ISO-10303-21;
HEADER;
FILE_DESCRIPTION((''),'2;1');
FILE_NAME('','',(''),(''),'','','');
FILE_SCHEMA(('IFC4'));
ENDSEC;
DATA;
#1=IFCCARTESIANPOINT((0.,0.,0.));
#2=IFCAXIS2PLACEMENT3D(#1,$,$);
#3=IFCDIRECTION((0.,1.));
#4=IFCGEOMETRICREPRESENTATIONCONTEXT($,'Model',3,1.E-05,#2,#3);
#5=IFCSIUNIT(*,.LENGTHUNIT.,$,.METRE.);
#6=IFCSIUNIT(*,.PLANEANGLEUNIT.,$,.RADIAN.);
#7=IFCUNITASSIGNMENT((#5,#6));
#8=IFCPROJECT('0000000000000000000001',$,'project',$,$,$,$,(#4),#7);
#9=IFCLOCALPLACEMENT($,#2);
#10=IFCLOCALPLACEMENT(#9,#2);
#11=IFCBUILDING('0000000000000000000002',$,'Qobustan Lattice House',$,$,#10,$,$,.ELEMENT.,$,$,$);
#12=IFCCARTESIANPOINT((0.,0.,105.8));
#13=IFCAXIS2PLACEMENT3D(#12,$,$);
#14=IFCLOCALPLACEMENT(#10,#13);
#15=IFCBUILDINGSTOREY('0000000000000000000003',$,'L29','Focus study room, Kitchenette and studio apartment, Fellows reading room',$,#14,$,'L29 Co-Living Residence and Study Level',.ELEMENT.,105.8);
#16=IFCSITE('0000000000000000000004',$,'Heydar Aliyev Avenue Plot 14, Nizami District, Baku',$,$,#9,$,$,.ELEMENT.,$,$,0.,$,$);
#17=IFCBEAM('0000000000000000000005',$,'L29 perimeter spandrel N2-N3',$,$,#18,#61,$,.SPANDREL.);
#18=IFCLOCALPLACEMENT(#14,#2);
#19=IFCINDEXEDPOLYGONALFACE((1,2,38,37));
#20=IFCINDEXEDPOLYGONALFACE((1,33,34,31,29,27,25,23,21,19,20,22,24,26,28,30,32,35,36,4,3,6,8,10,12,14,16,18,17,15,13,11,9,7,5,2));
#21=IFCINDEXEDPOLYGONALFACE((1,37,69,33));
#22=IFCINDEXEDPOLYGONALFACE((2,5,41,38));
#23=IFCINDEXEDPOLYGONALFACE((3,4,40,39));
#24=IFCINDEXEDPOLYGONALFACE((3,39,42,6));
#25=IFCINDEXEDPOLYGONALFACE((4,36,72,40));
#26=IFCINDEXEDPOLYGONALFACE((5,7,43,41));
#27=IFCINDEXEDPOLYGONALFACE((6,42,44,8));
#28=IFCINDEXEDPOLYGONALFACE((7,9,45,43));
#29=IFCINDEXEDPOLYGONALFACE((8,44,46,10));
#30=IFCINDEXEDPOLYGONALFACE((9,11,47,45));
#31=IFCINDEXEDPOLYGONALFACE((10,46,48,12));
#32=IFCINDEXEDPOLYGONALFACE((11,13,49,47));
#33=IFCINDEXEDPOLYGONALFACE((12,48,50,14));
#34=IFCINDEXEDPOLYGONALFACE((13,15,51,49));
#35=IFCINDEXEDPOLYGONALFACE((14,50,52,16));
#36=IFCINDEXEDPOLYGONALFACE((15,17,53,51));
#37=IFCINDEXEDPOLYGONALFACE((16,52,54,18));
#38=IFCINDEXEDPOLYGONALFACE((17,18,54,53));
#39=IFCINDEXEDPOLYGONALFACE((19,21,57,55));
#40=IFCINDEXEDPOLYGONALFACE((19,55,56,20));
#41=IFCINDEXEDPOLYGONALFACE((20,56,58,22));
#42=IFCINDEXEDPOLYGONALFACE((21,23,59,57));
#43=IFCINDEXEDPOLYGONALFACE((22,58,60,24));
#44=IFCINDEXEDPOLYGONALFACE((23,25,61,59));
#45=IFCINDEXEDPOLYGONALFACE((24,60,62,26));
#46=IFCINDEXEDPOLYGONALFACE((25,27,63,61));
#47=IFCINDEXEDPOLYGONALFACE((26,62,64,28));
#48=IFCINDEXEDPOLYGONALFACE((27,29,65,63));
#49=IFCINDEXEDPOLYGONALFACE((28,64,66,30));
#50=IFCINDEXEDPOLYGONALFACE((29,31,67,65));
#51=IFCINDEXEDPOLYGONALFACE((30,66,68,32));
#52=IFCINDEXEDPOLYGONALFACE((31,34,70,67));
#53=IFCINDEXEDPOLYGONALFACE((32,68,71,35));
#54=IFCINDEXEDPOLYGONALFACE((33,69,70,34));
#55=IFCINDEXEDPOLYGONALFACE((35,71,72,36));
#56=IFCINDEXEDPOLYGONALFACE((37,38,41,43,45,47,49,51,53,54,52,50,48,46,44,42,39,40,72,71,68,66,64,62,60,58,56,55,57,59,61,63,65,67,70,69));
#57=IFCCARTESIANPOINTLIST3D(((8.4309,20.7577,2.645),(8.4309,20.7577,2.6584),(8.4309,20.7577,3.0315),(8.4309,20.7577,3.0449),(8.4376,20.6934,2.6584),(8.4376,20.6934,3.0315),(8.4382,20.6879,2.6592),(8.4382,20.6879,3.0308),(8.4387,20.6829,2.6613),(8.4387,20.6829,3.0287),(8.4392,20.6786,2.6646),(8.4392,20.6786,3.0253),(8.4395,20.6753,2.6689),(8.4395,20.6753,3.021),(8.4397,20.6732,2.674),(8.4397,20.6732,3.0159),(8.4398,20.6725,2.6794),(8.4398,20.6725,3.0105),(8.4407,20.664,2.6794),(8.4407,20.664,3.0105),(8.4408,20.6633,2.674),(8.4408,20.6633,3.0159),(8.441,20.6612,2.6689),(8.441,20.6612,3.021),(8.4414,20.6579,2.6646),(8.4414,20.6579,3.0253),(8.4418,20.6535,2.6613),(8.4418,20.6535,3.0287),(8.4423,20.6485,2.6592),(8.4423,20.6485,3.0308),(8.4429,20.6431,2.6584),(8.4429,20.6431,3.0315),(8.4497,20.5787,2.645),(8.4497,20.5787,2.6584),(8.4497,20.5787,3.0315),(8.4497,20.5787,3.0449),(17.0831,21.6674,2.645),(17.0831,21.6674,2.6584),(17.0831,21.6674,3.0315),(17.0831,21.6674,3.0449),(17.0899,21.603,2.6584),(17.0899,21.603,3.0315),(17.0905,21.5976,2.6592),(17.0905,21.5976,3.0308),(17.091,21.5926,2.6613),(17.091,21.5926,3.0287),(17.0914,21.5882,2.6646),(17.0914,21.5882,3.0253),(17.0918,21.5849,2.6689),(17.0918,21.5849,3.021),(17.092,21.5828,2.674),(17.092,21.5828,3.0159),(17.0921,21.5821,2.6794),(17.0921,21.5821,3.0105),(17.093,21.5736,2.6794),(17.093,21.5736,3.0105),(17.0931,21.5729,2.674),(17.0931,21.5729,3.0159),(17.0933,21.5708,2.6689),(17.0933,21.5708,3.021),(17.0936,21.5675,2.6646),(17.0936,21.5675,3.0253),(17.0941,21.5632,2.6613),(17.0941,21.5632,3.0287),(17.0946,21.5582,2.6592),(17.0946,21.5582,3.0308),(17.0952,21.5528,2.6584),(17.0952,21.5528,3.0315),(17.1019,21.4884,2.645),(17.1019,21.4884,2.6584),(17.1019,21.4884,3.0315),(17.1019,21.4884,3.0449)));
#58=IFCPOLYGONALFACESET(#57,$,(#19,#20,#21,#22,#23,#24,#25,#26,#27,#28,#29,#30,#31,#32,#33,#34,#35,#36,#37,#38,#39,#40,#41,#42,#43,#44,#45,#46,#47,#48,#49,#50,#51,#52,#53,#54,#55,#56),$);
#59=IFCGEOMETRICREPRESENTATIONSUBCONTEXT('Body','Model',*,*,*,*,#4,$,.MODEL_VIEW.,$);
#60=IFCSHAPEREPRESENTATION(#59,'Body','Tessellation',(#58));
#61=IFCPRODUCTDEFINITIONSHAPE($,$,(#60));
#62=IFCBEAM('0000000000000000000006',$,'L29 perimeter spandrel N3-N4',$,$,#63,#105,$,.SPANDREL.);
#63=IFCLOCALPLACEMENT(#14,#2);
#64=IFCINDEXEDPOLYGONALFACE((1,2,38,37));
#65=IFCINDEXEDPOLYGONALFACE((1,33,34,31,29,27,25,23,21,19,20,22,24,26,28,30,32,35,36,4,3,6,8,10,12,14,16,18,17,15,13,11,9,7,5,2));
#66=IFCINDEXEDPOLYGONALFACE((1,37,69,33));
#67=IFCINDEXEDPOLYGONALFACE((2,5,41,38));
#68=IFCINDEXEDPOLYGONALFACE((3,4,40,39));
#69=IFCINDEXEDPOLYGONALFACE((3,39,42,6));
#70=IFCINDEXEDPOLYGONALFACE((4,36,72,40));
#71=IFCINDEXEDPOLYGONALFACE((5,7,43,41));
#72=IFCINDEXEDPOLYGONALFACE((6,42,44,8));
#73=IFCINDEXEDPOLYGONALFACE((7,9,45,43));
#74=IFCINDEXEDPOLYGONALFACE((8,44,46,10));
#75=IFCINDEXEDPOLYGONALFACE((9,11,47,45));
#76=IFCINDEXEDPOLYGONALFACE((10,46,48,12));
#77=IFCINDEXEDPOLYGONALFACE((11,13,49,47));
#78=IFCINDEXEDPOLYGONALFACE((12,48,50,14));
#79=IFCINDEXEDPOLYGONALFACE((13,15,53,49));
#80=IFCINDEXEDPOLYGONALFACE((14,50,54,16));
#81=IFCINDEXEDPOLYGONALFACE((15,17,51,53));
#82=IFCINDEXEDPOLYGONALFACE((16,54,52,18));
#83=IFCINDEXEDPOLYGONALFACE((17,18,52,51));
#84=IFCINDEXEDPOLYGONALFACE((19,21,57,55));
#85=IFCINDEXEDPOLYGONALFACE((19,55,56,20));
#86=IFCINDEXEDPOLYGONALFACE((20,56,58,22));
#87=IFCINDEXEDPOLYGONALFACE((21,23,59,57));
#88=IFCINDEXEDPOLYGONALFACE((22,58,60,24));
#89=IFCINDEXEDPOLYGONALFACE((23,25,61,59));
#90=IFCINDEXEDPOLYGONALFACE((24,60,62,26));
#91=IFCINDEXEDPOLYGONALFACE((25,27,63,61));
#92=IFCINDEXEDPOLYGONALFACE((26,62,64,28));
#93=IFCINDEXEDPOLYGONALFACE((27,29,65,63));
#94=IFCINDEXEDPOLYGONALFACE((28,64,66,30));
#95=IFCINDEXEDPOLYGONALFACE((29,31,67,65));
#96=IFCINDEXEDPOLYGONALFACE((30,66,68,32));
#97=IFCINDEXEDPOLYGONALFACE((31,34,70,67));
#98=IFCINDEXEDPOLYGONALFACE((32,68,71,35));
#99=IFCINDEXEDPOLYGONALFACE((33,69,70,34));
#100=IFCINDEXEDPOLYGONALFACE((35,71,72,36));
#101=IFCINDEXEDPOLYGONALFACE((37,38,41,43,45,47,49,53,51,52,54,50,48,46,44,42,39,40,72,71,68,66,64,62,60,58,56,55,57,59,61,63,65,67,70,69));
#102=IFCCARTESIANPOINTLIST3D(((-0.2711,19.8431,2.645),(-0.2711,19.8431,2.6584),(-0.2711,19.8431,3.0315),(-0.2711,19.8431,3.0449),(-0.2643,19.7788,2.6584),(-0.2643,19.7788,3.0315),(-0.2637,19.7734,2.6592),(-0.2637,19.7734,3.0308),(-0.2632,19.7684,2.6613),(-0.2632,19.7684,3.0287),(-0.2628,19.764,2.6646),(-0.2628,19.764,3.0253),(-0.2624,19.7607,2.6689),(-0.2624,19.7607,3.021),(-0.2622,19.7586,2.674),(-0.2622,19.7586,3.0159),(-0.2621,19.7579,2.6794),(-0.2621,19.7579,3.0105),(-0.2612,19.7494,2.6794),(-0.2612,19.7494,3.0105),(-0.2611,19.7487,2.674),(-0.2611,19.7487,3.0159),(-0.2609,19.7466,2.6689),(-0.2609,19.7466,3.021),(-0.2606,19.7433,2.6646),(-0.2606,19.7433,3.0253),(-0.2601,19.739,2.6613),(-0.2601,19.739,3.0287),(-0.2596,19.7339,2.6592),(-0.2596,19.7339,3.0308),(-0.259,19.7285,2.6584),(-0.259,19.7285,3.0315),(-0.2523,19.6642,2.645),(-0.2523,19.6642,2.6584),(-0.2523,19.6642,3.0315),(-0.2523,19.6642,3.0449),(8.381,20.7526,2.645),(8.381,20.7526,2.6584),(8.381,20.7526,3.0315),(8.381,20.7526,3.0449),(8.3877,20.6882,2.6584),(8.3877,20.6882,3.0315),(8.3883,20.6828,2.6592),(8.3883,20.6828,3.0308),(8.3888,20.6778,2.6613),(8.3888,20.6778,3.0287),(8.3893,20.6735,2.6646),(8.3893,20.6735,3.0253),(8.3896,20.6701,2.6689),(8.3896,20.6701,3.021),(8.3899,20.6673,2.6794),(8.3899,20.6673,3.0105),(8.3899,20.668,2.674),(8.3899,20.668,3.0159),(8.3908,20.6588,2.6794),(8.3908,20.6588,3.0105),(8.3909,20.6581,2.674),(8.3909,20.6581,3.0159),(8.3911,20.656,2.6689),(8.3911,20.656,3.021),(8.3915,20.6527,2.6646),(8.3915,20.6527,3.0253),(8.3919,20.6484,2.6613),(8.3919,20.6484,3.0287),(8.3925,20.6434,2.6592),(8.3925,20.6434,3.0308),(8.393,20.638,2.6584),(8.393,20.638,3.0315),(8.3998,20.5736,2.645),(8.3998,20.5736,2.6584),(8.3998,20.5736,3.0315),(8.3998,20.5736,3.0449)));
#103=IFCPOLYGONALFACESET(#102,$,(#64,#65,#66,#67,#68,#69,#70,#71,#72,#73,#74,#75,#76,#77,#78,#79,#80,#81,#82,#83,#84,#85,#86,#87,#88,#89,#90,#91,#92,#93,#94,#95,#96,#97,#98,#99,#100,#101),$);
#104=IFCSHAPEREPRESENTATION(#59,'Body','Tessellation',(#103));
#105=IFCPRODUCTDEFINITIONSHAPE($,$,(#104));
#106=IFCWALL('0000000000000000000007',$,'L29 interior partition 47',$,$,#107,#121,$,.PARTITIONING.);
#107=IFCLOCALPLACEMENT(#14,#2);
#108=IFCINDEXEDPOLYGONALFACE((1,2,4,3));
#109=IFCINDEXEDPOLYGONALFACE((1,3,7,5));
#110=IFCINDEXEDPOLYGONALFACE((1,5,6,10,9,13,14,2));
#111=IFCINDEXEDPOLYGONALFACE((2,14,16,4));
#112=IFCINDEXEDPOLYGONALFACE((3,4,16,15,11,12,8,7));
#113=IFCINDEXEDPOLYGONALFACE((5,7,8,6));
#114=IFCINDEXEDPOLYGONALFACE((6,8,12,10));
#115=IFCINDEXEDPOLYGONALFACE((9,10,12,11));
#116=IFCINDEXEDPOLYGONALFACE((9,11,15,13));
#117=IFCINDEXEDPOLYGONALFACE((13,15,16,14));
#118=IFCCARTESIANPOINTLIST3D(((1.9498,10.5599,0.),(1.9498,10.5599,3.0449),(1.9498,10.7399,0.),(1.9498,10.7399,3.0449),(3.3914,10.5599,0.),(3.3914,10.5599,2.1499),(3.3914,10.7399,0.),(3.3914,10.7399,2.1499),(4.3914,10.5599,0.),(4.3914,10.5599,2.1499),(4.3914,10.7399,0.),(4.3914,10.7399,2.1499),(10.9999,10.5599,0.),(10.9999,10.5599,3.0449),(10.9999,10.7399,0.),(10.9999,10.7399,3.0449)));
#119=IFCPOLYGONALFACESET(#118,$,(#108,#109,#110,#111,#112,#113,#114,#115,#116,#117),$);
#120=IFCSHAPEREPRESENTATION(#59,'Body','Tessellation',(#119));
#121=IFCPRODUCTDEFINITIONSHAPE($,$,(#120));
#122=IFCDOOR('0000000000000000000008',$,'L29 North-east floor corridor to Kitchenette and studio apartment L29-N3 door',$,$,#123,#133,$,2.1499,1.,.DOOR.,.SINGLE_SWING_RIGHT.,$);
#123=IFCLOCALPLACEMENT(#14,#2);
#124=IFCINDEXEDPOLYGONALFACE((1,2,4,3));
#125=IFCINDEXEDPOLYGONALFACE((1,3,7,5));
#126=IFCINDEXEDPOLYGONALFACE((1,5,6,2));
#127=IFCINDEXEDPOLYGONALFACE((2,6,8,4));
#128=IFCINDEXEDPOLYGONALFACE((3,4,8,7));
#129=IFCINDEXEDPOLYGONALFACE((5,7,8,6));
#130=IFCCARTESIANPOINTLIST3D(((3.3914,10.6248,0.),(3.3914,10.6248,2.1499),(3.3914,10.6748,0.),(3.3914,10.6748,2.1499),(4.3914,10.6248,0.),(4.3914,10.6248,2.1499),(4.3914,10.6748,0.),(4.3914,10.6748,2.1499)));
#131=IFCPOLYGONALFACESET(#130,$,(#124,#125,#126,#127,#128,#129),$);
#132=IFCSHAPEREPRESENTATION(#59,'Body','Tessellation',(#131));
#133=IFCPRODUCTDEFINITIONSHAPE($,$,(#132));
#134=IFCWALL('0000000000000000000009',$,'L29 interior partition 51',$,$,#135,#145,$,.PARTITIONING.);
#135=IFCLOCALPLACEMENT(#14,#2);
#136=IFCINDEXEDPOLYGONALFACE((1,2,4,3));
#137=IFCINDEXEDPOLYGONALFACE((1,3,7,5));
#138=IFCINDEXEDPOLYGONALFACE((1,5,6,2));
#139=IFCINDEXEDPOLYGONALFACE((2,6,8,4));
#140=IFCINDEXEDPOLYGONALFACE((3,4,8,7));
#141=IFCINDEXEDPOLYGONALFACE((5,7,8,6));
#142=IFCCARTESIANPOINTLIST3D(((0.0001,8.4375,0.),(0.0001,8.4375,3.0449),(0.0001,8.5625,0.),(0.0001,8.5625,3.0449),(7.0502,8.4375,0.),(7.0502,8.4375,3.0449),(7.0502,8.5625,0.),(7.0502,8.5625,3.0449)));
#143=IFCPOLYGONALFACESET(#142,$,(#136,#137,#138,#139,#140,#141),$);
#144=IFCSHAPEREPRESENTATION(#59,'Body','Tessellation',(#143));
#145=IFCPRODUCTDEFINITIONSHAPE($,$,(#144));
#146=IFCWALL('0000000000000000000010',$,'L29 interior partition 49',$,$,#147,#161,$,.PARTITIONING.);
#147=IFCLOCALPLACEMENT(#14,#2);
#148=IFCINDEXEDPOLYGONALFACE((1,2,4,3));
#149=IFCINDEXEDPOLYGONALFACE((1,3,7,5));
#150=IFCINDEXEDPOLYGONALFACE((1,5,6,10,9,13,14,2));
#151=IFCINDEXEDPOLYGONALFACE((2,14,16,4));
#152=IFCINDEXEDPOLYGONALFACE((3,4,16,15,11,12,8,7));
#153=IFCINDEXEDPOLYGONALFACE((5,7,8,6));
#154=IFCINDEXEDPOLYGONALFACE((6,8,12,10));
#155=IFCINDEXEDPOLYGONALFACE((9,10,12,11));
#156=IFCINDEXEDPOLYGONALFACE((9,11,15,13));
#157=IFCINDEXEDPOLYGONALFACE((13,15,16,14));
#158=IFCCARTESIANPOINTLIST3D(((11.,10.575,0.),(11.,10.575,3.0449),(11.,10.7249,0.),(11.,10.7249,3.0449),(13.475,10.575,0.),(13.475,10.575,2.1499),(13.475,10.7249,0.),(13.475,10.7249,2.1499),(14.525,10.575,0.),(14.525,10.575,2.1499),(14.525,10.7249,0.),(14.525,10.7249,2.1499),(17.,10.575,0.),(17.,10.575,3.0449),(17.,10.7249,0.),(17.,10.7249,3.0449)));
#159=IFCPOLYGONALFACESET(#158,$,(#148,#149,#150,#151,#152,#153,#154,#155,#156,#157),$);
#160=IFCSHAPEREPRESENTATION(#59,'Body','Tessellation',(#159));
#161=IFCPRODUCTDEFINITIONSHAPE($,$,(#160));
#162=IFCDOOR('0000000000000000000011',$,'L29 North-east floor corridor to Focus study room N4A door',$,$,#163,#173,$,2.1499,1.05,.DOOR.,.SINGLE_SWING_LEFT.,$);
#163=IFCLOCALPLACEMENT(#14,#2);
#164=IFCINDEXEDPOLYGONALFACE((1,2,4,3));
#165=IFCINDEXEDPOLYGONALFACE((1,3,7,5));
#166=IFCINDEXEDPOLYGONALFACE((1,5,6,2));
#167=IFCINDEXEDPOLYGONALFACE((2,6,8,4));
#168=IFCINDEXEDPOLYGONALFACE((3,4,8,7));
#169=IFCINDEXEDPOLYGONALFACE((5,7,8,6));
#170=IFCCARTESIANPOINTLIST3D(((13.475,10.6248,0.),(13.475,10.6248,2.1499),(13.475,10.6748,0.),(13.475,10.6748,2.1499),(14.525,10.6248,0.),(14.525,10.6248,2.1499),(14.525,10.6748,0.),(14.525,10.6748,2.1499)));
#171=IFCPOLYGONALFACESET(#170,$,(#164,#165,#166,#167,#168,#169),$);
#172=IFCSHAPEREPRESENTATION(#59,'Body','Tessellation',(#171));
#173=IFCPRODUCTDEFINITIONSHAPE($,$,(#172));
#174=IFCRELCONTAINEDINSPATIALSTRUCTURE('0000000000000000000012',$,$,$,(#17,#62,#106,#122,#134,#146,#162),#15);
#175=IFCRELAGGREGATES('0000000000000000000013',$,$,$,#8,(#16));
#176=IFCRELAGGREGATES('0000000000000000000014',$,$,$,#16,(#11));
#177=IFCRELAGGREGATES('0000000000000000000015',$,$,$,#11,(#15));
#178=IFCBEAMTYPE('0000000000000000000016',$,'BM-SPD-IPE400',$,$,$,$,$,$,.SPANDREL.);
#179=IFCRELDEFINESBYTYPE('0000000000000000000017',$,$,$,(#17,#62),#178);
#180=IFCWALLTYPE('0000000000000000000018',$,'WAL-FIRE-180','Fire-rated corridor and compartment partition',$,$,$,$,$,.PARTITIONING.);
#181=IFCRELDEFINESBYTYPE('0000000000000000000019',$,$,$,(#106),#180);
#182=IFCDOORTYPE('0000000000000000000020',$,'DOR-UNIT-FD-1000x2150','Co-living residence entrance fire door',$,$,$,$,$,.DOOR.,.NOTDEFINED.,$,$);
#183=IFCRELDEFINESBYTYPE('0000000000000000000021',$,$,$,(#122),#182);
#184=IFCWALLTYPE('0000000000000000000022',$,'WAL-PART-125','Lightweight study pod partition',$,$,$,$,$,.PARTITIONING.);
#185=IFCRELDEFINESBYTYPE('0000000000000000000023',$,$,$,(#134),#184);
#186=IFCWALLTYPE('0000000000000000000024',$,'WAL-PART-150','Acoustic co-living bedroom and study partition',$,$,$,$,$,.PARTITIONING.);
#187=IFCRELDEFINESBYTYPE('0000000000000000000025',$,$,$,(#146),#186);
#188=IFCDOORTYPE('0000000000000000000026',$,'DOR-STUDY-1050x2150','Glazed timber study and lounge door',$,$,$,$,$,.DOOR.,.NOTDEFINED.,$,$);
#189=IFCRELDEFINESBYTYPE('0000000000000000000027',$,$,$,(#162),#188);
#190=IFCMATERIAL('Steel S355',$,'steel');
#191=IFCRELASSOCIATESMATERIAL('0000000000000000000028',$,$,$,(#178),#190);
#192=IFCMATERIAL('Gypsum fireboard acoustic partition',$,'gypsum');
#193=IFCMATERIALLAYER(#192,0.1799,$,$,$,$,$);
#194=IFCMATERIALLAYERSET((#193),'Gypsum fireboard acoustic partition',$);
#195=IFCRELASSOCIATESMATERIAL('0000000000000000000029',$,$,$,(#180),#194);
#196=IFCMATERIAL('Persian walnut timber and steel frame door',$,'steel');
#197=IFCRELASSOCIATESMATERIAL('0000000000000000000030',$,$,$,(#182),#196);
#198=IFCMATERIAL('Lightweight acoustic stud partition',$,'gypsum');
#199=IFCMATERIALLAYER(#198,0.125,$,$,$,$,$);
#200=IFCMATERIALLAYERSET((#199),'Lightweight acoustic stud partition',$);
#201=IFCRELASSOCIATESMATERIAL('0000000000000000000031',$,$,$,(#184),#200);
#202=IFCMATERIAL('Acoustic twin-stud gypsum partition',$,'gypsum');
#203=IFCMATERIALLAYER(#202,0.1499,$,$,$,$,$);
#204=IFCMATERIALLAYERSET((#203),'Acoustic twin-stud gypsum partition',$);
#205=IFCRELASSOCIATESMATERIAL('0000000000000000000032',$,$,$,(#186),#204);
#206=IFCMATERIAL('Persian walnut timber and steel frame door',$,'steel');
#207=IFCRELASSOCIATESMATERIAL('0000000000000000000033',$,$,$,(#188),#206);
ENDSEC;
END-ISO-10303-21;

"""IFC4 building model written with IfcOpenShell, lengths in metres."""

from ifc_helpers import new_model, si_unit, direction, frame, frame_2d, origin, origin_2d, place, context, subcontext, project, spatial, rectangle, i_section, extrude, material, layer, layer_set, material_profile, profile_set, type_object, element, fill, save


model = new_model("IFC4")

# Units and contexts
model_context = context("Model", 3, precision=1e-05, world=origin(), true_north=direction((0.0, 1.0)))
body_context = subcontext(model_context, "Body", "Model", "MODEL_VIEW")
ifc_project = project(units=[si_unit("LENGTHUNIT", "METRE"), si_unit("PLANEANGLEUNIT", "RADIAN")], contexts=[model_context])

# Site, building, storey
site_placement = place(None, origin())
site = spatial("IfcSite", under=ifc_project, at=site_placement, Name="Heydar Aliyev Avenue Plot 14, Nizami District, Baku", CompositionType="ELEMENT", RefElevation=0.0)
building_placement = place(site_placement, origin())
building = spatial("IfcBuilding", under=site, at=building_placement, Name="Qobustan Lattice House", CompositionType="ELEMENT")
storey_placement = place(building_placement, frame((0.0, 0.0, 105.8)))
storey = spatial("IfcBuildingStorey", under=building, at=storey_placement, Name="L29", Description="Focus study room, Kitchenette and studio apartment, Fellows reading room", LongName="L29 Co-Living Residence and Study Level", CompositionType="ELEMENT", Elevation=105.8)

# Beams
ifc_material_1 = material(Name="Steel S355", Category="steel")
ifc_material_profile_1 = material_profile(ifc_material_1, i_section(OverallWidth=0.1799, OverallDepth=0.3999, WebThickness=0.0085, FlangeThickness=0.0134, FilletRadius=0.021, at=origin_2d()), Name="IPE400")
ifc_profile_set_1 = profile_set([ifc_material_profile_1], Name="Steel S355")
beam_type_1 = type_object("IfcBeamType", Name="BM-SPD-IPE400", PredefinedType="SPANDREL", material=ifc_profile_set_1)
beam_1_placement = place(storey_placement, frame((17.0925, 21.5779, 2.845), z_axis=(-0.994519, -0.104559, 0.0), x_axis=(0.104559, -0.994519, 0.0)))
element("IfcBeam", 1, at=beam_1_placement, inside=storey, type_object=beam_type_1, Name="L29 perimeter spandrel N2-N3", PredefinedType="SPANDREL", context=body_context, shape_type="SweptSolid", body=[
    extrude(i_section(OverallWidth=0.1799, OverallDepth=0.3999, WebThickness=0.0085, FlangeThickness=0.0134, FilletRadius=0.021, at=origin_2d()), origin(), (0.0, 0.0, 1.0), 8.7),
])
beam_2_placement = place(storey_placement, frame((8.3904, 20.6631, 2.845), z_axis=(-0.994521, -0.104534, 0.0), x_axis=(0.104534, -0.994521, 0.0)))
element("IfcBeam", 2, at=beam_2_placement, inside=storey, type_object=beam_type_1, Name="L29 perimeter spandrel N3-N4", PredefinedType="SPANDREL", context=body_context, shape_type="SweptSolid", body=[
    extrude(i_section(OverallWidth=0.1799, OverallDepth=0.3999, WebThickness=0.0085, FlangeThickness=0.0134, FilletRadius=0.021, at=origin_2d()), origin(), (0.0, 0.0, 1.0), 8.6997),
])

# Wall, opening, door
ifc_material_2 = material(Name="Gypsum fireboard acoustic partition", Category="gypsum")
ifc_layer_1 = layer(ifc_material_2, 0.1799)
ifc_layer_set_1 = layer_set([ifc_layer_1], Name="Gypsum fireboard acoustic partition")
wall_type_1 = type_object("IfcWallType", Name="WAL-FIRE-180", Description="Fire-rated corridor and compartment partition", PredefinedType="PARTITIONING", material=ifc_layer_set_1)
wall_1_placement = place(storey_placement, frame((1.95, 10.6499, 0.0), z_axis=(0.0, 0.0, 1.0), x_axis=(1.0, 0.0, 0.0)))
wall_1 = element("IfcWall", 3, at=wall_1_placement, inside=storey, type_object=wall_type_1, Name="L29 interior partition 47", PredefinedType="PARTITIONING", context=body_context, shape_type="SweptSolid", body=[
    extrude(rectangle(XDim=9.05, YDim=0.1799, at=frame_2d((4.5249, 0.0))), origin(), (0.0, 0.0, 1.0), 3.0449),
])
opening_1_placement = place(wall_1_placement, frame((1.4414, 0.0, 0.0)))
opening_1 = element("IfcOpeningElement", 4, at=opening_1_placement, cuts=wall_1, PredefinedType="OPENING", context=body_context, shape_type="SweptSolid", body=[
    extrude(rectangle(XDim=1.0, YDim=2.1499, at=frame_2d((0.5, 1.075))), frame((0.0, 0.0999, 0.0), z_axis=(0.0, -1.0, 0.0), x_axis=(1.0, 0.0, 0.0)), (0.0, 0.0, 1.0), 0.2),
])
ifc_material_3 = material(Name="Persian walnut timber and steel frame door", Category="steel")
door_type_1 = type_object("IfcDoorType", Name="DOR-UNIT-FD-1000x2150", Description="Co-living residence entrance fire door", OperationType="NOTDEFINED", PredefinedType="DOOR", material=ifc_material_3)
door_1_placement = place(opening_1_placement, origin())
door_1 = element("IfcDoor", 5, at=door_1_placement, inside=storey, type_object=door_type_1, Name="L29 North-east floor corridor to Kitchenette and studio apartment L29-N3 door", OperationType="SINGLE_SWING_RIGHT", OverallHeight=2.1499, OverallWidth=1.0, PredefinedType="DOOR", context=body_context, shape_type="SweptSolid", body=[
    extrude(rectangle(XDim=1.0, YDim=2.1499, at=frame_2d((0.5, 1.075))), frame((0.0, 0.0249, 0.0), z_axis=(0.0, -1.0, 0.0), x_axis=(1.0, 0.0, 0.0)), (0.0, 0.0, 1.0), 0.05),
])
fill(opening_1, door_1)

# Wall
ifc_material_4 = material(Name="Lightweight acoustic stud partition", Category="gypsum")
ifc_layer_2 = layer(ifc_material_4, 0.125)
ifc_layer_set_2 = layer_set([ifc_layer_2], Name="Lightweight acoustic stud partition")
wall_type_2 = type_object("IfcWallType", Name="WAL-PART-125", Description="Lightweight study pod partition", PredefinedType="PARTITIONING", material=ifc_layer_set_2)
wall_2_placement = place(storey_placement, frame((7.05, 8.5, 0.0), z_axis=(0.0, 0.0, 1.0), x_axis=(-1.0, 0.0, 0.0)))
element("IfcWall", 6, at=wall_2_placement, inside=storey, type_object=wall_type_2, Name="L29 interior partition 51", PredefinedType="PARTITIONING", context=body_context, shape_type="SweptSolid", body=[
    extrude(rectangle(XDim=7.05, YDim=0.125, at=frame_2d((3.5249, 0.0))), origin(), (0.0, 0.0, 1.0), 3.0449),
])

# Wall, opening, door
ifc_material_5 = material(Name="Acoustic twin-stud gypsum partition", Category="gypsum")
ifc_layer_3 = layer(ifc_material_5, 0.1499)
ifc_layer_set_3 = layer_set([ifc_layer_3], Name="Acoustic twin-stud gypsum partition")
wall_type_3 = type_object("IfcWallType", Name="WAL-PART-150", Description="Acoustic co-living bedroom and study partition", PredefinedType="PARTITIONING", material=ifc_layer_set_3)
wall_3_placement = place(storey_placement, frame((11.0, 10.6499, 0.0), z_axis=(0.0, 0.0, 1.0), x_axis=(1.0, 0.0, 0.0)))
wall_3 = element("IfcWall", 7, at=wall_3_placement, inside=storey, type_object=wall_type_3, Name="L29 interior partition 49", PredefinedType="PARTITIONING", context=body_context, shape_type="SweptSolid", body=[
    extrude(rectangle(XDim=6.0, YDim=0.1499, at=frame_2d((3.0, 0.0))), origin(), (0.0, 0.0, 1.0), 3.0449),
])
opening_2_placement = place(wall_3_placement, frame((2.4751, 0.0, 0.0)))
opening_2 = element("IfcOpeningElement", 8, at=opening_2_placement, cuts=wall_3, PredefinedType="OPENING", context=body_context, shape_type="SweptSolid", body=[
    extrude(rectangle(XDim=1.05, YDim=2.1499, at=frame_2d((0.5249, 1.075))), frame((0.0, 0.085, 0.0), z_axis=(0.0, -1.0, 0.0), x_axis=(1.0, 0.0, 0.0)), (0.0, 0.0, 1.0), 0.1699),
])
ifc_material_6 = material(Name="Persian walnut timber and steel frame door", Category="steel")
door_type_2 = type_object("IfcDoorType", Name="DOR-STUDY-1050x2150", Description="Glazed timber study and lounge door", OperationType="NOTDEFINED", PredefinedType="DOOR", material=ifc_material_6)
door_2_placement = place(opening_2_placement, origin())
door_2 = element("IfcDoor", 9, at=door_2_placement, inside=storey, type_object=door_type_2, Name="L29 North-east floor corridor to Focus study room N4A door", OperationType="SINGLE_SWING_LEFT", OverallHeight=2.1499, OverallWidth=1.05, PredefinedType="DOOR", context=body_context, shape_type="SweptSolid", body=[
    extrude(rectangle(XDim=1.05, YDim=2.1499, at=frame_2d((0.5249, 1.075))), frame((0.0, 0.0249, 0.0), z_axis=(0.0, -1.0, 0.0), x_axis=(1.0, 0.0, 0.0)), (0.0, 0.0, 1.0), 0.05),
])
fill(opening_2, door_2)

save(model, "model.ifc")
